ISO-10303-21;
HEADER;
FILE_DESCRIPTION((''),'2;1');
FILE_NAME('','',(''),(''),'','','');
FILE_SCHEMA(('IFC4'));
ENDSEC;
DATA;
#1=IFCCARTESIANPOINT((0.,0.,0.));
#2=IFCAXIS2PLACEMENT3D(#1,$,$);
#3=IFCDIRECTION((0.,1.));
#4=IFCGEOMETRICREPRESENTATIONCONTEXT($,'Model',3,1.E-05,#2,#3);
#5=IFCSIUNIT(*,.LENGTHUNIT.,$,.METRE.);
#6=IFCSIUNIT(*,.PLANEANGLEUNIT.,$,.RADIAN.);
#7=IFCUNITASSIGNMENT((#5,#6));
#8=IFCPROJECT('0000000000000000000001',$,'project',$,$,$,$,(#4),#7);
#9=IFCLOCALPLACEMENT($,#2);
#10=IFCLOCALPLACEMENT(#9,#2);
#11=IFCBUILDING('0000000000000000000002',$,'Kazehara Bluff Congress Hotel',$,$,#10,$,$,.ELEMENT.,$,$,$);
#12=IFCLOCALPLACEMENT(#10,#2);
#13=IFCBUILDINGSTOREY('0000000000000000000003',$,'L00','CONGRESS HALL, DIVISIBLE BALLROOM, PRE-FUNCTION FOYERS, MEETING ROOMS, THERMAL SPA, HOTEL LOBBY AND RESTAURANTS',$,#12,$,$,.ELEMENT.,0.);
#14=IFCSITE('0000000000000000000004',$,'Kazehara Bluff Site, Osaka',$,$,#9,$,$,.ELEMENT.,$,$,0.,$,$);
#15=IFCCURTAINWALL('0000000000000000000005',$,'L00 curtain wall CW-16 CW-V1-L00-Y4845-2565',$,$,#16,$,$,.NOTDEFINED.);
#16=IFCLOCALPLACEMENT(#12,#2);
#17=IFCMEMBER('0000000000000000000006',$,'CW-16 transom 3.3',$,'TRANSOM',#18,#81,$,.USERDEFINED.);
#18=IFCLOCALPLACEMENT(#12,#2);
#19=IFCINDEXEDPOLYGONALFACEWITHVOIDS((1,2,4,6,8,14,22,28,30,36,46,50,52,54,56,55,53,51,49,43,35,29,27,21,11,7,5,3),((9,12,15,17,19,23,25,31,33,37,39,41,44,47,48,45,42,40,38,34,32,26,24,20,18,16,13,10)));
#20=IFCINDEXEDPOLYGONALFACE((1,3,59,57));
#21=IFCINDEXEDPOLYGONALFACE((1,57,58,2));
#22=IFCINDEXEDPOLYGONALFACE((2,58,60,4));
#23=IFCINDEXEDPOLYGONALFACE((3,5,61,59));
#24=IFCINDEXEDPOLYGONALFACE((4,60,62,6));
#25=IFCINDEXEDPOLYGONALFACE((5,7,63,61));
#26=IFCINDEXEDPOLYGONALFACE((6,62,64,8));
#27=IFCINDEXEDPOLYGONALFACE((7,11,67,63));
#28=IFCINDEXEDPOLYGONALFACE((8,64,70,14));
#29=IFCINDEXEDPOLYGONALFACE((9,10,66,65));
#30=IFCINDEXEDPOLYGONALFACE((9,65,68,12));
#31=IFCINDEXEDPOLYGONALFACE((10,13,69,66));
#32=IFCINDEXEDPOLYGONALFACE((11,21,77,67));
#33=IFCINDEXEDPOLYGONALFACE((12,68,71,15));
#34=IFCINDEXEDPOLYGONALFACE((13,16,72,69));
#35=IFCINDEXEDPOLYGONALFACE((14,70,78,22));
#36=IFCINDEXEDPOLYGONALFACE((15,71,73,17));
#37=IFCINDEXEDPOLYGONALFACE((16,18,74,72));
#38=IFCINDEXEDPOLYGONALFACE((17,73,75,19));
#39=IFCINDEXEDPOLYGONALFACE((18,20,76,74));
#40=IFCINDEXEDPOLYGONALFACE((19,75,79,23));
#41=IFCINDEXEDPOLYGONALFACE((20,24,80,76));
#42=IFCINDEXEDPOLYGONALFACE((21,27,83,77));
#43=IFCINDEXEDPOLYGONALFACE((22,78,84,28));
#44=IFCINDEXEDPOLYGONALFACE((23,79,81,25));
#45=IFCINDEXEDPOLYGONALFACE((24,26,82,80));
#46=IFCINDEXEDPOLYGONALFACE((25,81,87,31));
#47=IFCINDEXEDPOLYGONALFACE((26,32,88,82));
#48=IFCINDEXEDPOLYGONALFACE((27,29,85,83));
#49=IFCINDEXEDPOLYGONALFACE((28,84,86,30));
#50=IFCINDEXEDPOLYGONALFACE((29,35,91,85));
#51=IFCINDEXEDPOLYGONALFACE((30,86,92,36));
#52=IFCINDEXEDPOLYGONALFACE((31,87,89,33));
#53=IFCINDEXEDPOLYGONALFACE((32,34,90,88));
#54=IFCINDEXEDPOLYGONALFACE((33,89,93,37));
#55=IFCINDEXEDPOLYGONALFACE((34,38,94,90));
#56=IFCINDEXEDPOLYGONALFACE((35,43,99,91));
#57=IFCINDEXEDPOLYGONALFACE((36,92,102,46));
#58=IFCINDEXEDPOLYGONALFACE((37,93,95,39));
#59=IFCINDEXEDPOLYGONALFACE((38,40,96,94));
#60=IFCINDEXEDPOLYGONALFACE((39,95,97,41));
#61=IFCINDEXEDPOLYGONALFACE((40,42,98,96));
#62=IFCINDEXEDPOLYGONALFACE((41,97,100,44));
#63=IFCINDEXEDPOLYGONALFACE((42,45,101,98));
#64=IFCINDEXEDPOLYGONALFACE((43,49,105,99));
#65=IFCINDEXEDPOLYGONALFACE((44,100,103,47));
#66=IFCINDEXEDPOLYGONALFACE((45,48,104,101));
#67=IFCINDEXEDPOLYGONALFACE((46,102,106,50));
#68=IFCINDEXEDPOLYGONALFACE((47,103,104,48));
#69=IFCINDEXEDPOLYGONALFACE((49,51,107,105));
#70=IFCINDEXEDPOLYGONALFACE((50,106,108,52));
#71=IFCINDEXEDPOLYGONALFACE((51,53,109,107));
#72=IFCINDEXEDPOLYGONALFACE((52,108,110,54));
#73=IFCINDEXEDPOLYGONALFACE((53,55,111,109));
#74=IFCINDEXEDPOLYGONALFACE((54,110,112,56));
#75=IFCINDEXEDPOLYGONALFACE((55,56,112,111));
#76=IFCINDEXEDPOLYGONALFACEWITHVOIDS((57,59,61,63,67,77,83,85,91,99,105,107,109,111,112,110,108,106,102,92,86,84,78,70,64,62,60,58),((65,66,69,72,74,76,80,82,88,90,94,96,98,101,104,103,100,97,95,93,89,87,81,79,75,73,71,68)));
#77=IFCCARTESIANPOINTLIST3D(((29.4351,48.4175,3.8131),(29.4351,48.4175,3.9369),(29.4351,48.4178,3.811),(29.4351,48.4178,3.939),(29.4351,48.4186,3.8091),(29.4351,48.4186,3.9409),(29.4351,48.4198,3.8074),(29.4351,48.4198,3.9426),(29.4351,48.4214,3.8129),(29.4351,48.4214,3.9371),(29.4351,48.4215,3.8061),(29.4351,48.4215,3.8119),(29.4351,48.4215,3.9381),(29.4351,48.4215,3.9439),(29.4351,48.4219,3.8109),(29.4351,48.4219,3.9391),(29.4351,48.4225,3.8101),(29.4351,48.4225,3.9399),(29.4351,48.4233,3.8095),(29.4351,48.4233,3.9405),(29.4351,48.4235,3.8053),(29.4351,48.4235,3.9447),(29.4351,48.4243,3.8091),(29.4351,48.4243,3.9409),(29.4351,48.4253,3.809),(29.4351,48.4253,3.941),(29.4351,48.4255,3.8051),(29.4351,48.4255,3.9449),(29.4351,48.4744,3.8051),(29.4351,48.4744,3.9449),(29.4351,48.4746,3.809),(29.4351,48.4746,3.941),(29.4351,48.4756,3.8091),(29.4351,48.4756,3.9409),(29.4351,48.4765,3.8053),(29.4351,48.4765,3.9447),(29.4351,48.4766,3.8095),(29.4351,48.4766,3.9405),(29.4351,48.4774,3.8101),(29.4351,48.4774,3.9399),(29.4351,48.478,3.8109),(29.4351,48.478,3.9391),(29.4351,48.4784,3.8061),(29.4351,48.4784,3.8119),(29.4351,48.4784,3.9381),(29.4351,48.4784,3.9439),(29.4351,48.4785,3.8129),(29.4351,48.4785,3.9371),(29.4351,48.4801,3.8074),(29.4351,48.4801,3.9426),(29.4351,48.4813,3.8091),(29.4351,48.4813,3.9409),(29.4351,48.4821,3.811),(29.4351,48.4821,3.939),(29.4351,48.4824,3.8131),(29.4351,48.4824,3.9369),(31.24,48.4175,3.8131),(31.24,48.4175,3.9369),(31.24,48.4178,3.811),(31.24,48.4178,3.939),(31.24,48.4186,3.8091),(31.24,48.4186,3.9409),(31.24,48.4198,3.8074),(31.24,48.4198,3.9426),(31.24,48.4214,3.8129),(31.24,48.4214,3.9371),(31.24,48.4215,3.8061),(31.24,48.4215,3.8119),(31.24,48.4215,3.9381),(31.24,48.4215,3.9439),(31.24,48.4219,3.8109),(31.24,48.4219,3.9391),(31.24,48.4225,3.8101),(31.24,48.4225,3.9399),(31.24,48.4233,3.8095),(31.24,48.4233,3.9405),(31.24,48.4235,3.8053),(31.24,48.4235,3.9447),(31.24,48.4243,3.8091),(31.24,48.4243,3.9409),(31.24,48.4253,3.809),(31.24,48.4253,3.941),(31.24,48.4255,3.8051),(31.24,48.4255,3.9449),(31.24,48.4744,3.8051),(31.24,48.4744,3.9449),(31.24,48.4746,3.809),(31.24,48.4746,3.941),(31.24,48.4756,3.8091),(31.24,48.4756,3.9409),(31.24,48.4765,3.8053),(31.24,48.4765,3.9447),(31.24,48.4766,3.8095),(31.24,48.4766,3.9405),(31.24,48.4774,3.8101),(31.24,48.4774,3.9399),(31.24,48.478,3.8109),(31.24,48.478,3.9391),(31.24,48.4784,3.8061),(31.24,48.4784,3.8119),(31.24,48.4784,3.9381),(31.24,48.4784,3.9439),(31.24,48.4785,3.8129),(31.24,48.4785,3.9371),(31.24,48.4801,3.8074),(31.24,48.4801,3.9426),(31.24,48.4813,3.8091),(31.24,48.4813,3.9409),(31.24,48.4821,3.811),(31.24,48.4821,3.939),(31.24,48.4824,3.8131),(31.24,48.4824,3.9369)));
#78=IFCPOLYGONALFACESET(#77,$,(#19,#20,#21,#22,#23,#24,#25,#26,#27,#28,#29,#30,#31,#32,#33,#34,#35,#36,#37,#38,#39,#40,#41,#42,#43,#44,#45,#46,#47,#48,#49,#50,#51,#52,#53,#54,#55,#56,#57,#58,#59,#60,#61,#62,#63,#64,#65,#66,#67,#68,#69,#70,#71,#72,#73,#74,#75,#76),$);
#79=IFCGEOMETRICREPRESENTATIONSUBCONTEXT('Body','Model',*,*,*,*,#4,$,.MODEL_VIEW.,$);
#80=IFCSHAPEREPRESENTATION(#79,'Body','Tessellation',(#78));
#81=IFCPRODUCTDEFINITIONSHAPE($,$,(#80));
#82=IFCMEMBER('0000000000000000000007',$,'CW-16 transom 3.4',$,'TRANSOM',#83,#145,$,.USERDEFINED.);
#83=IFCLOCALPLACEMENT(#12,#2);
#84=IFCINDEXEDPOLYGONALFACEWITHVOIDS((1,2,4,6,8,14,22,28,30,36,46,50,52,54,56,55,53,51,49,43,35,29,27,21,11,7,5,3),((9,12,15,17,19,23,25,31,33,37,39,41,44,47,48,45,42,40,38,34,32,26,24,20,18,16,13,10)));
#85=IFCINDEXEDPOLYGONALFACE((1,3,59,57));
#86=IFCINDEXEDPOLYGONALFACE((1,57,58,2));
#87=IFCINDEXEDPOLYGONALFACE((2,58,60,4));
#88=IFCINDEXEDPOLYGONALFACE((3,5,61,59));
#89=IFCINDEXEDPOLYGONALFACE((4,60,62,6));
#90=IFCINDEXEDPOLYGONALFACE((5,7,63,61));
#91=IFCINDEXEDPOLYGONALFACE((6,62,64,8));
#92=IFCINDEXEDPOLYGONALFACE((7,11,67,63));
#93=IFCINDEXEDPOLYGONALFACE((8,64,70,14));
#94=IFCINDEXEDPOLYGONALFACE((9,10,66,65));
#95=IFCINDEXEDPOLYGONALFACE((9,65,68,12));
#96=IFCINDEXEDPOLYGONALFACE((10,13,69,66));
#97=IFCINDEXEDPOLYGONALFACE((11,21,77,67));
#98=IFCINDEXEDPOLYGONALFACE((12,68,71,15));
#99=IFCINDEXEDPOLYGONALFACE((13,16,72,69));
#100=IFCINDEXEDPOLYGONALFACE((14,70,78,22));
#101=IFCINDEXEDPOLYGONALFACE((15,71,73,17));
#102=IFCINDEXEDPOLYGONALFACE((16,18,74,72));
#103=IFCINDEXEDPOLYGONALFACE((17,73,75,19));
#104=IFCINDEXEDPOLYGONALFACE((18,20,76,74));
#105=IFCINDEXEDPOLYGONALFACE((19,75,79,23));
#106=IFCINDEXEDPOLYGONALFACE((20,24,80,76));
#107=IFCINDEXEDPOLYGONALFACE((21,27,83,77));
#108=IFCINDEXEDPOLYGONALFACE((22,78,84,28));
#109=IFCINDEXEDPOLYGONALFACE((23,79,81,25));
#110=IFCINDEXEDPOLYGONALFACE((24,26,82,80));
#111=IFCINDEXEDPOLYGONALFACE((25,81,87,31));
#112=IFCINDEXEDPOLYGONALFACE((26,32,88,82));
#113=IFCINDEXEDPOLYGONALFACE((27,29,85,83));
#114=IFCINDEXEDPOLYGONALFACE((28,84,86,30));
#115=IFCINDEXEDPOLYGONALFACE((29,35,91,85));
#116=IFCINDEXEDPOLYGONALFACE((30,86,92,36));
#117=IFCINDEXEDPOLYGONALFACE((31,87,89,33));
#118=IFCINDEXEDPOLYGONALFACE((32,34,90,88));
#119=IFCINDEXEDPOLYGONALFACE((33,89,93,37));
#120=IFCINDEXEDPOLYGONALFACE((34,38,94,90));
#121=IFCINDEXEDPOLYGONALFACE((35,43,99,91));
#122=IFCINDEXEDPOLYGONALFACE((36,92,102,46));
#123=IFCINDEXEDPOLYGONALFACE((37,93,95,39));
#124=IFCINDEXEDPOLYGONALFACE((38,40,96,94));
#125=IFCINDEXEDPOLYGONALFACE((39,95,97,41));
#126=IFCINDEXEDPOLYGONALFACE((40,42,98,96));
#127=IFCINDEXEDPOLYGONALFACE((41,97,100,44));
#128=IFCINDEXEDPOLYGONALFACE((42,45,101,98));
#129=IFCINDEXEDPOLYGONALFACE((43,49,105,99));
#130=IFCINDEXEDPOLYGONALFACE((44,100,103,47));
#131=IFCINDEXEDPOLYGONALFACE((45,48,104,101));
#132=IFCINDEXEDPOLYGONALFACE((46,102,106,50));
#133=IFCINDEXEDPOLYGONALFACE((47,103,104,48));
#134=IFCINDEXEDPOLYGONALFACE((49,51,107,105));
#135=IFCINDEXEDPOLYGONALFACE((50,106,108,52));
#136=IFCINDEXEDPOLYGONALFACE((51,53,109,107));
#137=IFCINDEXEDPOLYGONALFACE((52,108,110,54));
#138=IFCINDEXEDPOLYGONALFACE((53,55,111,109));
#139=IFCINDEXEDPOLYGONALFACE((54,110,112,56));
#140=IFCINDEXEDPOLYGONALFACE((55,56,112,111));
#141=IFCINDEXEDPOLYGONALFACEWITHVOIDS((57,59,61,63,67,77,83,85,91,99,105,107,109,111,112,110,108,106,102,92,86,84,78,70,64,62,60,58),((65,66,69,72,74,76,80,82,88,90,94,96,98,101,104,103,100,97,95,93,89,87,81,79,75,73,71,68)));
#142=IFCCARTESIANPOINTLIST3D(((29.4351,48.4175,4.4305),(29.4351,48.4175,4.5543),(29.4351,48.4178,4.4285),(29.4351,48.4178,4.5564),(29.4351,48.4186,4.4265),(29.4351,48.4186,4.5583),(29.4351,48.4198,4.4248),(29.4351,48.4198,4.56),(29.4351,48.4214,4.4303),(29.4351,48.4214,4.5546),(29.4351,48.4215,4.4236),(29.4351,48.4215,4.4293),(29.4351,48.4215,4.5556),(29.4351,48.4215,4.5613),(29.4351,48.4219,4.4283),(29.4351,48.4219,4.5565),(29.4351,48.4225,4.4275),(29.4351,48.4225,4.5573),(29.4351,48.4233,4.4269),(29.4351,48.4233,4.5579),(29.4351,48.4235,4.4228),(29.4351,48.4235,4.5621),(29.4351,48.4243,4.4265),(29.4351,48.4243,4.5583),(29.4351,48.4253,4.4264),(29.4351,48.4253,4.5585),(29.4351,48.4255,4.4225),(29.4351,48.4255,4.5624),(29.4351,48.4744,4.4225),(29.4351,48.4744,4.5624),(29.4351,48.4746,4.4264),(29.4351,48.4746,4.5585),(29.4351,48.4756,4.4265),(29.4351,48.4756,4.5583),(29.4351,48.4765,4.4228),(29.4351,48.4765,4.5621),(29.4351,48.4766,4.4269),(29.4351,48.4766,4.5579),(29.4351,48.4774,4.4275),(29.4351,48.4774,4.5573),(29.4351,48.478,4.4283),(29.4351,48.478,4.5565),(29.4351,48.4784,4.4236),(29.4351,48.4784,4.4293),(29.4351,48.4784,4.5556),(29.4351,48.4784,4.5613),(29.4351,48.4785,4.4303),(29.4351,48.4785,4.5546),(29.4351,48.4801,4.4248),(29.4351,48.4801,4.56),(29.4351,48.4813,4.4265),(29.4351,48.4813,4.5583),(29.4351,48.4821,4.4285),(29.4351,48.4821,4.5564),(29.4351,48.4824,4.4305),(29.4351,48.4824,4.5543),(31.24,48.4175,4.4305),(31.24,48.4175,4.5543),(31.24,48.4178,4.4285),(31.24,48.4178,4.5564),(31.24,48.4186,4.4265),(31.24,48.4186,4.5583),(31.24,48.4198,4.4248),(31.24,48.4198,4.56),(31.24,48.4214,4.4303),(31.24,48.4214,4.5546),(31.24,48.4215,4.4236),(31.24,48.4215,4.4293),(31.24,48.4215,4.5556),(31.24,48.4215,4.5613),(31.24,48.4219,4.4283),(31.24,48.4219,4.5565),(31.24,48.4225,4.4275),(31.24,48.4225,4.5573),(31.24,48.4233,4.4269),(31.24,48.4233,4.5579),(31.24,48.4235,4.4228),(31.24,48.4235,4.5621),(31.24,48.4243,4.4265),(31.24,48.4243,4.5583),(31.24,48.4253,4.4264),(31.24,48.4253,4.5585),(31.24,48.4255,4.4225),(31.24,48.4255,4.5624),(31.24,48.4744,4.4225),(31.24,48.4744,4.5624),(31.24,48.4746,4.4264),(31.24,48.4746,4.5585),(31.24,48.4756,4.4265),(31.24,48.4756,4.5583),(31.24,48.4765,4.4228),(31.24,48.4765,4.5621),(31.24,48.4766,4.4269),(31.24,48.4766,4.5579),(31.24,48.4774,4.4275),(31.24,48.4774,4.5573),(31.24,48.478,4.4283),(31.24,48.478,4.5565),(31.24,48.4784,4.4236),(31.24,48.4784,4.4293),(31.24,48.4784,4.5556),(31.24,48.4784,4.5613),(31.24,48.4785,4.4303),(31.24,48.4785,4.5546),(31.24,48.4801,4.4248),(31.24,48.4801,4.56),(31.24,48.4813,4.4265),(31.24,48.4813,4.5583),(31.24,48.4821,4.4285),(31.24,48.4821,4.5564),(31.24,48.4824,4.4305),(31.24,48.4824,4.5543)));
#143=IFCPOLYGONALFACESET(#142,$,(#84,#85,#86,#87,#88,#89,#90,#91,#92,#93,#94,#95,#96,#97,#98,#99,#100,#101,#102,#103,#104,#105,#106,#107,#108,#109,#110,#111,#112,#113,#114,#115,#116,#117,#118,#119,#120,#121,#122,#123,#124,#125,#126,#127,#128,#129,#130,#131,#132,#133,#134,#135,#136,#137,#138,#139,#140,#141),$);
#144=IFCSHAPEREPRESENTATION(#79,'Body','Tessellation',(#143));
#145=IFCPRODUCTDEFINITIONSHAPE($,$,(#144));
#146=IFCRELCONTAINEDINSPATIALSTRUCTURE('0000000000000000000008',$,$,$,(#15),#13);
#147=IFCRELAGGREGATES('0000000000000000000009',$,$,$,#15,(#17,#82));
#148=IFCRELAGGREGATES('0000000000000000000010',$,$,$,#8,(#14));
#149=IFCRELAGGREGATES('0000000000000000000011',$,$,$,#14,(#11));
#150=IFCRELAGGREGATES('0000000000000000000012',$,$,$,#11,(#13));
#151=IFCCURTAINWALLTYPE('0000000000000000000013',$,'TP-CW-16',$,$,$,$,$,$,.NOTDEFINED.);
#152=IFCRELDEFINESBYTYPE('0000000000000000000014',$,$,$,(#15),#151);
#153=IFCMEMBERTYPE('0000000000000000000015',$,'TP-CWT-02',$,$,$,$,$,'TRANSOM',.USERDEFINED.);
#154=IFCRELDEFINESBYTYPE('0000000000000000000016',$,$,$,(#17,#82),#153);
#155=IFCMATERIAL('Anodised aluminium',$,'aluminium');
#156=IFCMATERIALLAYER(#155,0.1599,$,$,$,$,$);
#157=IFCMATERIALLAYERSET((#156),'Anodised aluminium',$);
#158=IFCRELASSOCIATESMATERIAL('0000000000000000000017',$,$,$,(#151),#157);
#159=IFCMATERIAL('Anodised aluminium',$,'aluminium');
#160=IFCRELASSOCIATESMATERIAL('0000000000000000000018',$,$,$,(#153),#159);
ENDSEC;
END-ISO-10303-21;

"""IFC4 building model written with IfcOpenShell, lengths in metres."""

from ifc_helpers import new_model, si_unit, direction, frame, origin, origin_2d, place, context, subcontext, project, spatial, hollow_rectangle, extrude, material, layer, layer_set, material_profile, profile_set, type_object, element, aggregate, save


model = new_model("IFC4")

# Units and contexts
model_context = context("Model", 3, precision=1e-05, world=origin(), true_north=direction((0.0, 1.0)))
body_context = subcontext(model_context, "Body", "Model", "MODEL_VIEW")
ifc_project = project(units=[si_unit("LENGTHUNIT", "METRE"), si_unit("PLANEANGLEUNIT", "RADIAN")], contexts=[model_context])

# Site, building, storey
site_placement = place(None, origin())
site = spatial("IfcSite", under=ifc_project, at=site_placement, Name="Kazehara Bluff Site, Osaka", CompositionType="ELEMENT", RefElevation=0.0)
building_placement = place(site_placement, origin())
building = spatial("IfcBuilding", under=site, at=building_placement, Name="Kazehara Bluff Congress Hotel", CompositionType="ELEMENT")
storey_placement = place(building_placement, origin())
storey = spatial("IfcBuildingStorey", under=building, at=storey_placement, Name="L00", Description="CONGRESS HALL, DIVISIBLE BALLROOM, PRE-FUNCTION FOYERS, MEETING ROOMS, THERMAL SPA, HOTEL LOBBY AND RESTAURANTS", CompositionType="ELEMENT", Elevation=0.0)

# Curtain wall, members
ifc_material_1 = material(Name="Anodised aluminium", Category="aluminium")
ifc_layer_1 = layer(ifc_material_1, 0.1599)
ifc_layer_set_1 = layer_set([ifc_layer_1], Name="Anodised aluminium")
curtain_wall_type = type_object("IfcCurtainWallType", Name="TP-CW-16", PredefinedType="NOTDEFINED", material=ifc_layer_set_1)
curtain_wall_placement = place(storey_placement, origin())
curtain_wall = element("IfcCurtainWall", 1, at=curtain_wall_placement, inside=storey, type_object=curtain_wall_type, Name="L00 curtain wall CW-16 CW-V1-L00-Y4845-2565", PredefinedType="NOTDEFINED")
ifc_material_2 = material(Name="Anodised aluminium", Category="aluminium")
ifc_material_profile_1 = material_profile(ifc_material_2, hollow_rectangle(XDim=0.0649, YDim=0.1399, WallThickness=0.0039, InnerFilletRadius=0.0039, OuterFilletRadius=0.0081, at=origin_2d()))
ifc_profile_set_1 = profile_set([ifc_material_profile_1], Name="Anodised aluminium")
member_type_1 = type_object("IfcMemberType", Name="TP-CWT-02", ElementType="TRANSOM", PredefinedType="USERDEFINED", material=ifc_profile_set_1)
member_1_placement = place(storey_placement, frame((29.4351, 48.45, 3.875), z_axis=(1.0, 0.0, 0.0), x_axis=(0.0, 1.0, 0.0)))
member_1 = element("IfcMember", 2, at=member_1_placement, type_object=member_type_1, Name="CW-16 transom 3.3", ObjectType="TRANSOM", PredefinedType="USERDEFINED", context=body_context, shape_type="SweptSolid", body=[
    extrude(hollow_rectangle(XDim=0.0649, YDim=0.1399, WallThickness=0.0039, InnerFilletRadius=0.0039, OuterFilletRadius=0.0081, at=origin_2d()), origin(), (0.0, 0.0, 1.0), 1.8049),
])
member_2_placement = place(storey_placement, frame((29.4351, 48.45, 4.4924), z_axis=(1.0, 0.0, 0.0), x_axis=(0.0, 1.0, 0.0)))
member_2 = element("IfcMember", 3, at=member_2_placement, type_object=member_type_1, Name="CW-16 transom 3.4", ObjectType="TRANSOM", PredefinedType="USERDEFINED", context=body_context, shape_type="SweptSolid", body=[
    extrude(hollow_rectangle(XDim=0.0649, YDim=0.1399, WallThickness=0.0039, InnerFilletRadius=0.0039, OuterFilletRadius=0.0081, at=origin_2d()), origin(), (0.0, 0.0, 1.0), 1.8049),
])
aggregate(curtain_wall, [member_1, member_2])

save(model, "model.ifc")
